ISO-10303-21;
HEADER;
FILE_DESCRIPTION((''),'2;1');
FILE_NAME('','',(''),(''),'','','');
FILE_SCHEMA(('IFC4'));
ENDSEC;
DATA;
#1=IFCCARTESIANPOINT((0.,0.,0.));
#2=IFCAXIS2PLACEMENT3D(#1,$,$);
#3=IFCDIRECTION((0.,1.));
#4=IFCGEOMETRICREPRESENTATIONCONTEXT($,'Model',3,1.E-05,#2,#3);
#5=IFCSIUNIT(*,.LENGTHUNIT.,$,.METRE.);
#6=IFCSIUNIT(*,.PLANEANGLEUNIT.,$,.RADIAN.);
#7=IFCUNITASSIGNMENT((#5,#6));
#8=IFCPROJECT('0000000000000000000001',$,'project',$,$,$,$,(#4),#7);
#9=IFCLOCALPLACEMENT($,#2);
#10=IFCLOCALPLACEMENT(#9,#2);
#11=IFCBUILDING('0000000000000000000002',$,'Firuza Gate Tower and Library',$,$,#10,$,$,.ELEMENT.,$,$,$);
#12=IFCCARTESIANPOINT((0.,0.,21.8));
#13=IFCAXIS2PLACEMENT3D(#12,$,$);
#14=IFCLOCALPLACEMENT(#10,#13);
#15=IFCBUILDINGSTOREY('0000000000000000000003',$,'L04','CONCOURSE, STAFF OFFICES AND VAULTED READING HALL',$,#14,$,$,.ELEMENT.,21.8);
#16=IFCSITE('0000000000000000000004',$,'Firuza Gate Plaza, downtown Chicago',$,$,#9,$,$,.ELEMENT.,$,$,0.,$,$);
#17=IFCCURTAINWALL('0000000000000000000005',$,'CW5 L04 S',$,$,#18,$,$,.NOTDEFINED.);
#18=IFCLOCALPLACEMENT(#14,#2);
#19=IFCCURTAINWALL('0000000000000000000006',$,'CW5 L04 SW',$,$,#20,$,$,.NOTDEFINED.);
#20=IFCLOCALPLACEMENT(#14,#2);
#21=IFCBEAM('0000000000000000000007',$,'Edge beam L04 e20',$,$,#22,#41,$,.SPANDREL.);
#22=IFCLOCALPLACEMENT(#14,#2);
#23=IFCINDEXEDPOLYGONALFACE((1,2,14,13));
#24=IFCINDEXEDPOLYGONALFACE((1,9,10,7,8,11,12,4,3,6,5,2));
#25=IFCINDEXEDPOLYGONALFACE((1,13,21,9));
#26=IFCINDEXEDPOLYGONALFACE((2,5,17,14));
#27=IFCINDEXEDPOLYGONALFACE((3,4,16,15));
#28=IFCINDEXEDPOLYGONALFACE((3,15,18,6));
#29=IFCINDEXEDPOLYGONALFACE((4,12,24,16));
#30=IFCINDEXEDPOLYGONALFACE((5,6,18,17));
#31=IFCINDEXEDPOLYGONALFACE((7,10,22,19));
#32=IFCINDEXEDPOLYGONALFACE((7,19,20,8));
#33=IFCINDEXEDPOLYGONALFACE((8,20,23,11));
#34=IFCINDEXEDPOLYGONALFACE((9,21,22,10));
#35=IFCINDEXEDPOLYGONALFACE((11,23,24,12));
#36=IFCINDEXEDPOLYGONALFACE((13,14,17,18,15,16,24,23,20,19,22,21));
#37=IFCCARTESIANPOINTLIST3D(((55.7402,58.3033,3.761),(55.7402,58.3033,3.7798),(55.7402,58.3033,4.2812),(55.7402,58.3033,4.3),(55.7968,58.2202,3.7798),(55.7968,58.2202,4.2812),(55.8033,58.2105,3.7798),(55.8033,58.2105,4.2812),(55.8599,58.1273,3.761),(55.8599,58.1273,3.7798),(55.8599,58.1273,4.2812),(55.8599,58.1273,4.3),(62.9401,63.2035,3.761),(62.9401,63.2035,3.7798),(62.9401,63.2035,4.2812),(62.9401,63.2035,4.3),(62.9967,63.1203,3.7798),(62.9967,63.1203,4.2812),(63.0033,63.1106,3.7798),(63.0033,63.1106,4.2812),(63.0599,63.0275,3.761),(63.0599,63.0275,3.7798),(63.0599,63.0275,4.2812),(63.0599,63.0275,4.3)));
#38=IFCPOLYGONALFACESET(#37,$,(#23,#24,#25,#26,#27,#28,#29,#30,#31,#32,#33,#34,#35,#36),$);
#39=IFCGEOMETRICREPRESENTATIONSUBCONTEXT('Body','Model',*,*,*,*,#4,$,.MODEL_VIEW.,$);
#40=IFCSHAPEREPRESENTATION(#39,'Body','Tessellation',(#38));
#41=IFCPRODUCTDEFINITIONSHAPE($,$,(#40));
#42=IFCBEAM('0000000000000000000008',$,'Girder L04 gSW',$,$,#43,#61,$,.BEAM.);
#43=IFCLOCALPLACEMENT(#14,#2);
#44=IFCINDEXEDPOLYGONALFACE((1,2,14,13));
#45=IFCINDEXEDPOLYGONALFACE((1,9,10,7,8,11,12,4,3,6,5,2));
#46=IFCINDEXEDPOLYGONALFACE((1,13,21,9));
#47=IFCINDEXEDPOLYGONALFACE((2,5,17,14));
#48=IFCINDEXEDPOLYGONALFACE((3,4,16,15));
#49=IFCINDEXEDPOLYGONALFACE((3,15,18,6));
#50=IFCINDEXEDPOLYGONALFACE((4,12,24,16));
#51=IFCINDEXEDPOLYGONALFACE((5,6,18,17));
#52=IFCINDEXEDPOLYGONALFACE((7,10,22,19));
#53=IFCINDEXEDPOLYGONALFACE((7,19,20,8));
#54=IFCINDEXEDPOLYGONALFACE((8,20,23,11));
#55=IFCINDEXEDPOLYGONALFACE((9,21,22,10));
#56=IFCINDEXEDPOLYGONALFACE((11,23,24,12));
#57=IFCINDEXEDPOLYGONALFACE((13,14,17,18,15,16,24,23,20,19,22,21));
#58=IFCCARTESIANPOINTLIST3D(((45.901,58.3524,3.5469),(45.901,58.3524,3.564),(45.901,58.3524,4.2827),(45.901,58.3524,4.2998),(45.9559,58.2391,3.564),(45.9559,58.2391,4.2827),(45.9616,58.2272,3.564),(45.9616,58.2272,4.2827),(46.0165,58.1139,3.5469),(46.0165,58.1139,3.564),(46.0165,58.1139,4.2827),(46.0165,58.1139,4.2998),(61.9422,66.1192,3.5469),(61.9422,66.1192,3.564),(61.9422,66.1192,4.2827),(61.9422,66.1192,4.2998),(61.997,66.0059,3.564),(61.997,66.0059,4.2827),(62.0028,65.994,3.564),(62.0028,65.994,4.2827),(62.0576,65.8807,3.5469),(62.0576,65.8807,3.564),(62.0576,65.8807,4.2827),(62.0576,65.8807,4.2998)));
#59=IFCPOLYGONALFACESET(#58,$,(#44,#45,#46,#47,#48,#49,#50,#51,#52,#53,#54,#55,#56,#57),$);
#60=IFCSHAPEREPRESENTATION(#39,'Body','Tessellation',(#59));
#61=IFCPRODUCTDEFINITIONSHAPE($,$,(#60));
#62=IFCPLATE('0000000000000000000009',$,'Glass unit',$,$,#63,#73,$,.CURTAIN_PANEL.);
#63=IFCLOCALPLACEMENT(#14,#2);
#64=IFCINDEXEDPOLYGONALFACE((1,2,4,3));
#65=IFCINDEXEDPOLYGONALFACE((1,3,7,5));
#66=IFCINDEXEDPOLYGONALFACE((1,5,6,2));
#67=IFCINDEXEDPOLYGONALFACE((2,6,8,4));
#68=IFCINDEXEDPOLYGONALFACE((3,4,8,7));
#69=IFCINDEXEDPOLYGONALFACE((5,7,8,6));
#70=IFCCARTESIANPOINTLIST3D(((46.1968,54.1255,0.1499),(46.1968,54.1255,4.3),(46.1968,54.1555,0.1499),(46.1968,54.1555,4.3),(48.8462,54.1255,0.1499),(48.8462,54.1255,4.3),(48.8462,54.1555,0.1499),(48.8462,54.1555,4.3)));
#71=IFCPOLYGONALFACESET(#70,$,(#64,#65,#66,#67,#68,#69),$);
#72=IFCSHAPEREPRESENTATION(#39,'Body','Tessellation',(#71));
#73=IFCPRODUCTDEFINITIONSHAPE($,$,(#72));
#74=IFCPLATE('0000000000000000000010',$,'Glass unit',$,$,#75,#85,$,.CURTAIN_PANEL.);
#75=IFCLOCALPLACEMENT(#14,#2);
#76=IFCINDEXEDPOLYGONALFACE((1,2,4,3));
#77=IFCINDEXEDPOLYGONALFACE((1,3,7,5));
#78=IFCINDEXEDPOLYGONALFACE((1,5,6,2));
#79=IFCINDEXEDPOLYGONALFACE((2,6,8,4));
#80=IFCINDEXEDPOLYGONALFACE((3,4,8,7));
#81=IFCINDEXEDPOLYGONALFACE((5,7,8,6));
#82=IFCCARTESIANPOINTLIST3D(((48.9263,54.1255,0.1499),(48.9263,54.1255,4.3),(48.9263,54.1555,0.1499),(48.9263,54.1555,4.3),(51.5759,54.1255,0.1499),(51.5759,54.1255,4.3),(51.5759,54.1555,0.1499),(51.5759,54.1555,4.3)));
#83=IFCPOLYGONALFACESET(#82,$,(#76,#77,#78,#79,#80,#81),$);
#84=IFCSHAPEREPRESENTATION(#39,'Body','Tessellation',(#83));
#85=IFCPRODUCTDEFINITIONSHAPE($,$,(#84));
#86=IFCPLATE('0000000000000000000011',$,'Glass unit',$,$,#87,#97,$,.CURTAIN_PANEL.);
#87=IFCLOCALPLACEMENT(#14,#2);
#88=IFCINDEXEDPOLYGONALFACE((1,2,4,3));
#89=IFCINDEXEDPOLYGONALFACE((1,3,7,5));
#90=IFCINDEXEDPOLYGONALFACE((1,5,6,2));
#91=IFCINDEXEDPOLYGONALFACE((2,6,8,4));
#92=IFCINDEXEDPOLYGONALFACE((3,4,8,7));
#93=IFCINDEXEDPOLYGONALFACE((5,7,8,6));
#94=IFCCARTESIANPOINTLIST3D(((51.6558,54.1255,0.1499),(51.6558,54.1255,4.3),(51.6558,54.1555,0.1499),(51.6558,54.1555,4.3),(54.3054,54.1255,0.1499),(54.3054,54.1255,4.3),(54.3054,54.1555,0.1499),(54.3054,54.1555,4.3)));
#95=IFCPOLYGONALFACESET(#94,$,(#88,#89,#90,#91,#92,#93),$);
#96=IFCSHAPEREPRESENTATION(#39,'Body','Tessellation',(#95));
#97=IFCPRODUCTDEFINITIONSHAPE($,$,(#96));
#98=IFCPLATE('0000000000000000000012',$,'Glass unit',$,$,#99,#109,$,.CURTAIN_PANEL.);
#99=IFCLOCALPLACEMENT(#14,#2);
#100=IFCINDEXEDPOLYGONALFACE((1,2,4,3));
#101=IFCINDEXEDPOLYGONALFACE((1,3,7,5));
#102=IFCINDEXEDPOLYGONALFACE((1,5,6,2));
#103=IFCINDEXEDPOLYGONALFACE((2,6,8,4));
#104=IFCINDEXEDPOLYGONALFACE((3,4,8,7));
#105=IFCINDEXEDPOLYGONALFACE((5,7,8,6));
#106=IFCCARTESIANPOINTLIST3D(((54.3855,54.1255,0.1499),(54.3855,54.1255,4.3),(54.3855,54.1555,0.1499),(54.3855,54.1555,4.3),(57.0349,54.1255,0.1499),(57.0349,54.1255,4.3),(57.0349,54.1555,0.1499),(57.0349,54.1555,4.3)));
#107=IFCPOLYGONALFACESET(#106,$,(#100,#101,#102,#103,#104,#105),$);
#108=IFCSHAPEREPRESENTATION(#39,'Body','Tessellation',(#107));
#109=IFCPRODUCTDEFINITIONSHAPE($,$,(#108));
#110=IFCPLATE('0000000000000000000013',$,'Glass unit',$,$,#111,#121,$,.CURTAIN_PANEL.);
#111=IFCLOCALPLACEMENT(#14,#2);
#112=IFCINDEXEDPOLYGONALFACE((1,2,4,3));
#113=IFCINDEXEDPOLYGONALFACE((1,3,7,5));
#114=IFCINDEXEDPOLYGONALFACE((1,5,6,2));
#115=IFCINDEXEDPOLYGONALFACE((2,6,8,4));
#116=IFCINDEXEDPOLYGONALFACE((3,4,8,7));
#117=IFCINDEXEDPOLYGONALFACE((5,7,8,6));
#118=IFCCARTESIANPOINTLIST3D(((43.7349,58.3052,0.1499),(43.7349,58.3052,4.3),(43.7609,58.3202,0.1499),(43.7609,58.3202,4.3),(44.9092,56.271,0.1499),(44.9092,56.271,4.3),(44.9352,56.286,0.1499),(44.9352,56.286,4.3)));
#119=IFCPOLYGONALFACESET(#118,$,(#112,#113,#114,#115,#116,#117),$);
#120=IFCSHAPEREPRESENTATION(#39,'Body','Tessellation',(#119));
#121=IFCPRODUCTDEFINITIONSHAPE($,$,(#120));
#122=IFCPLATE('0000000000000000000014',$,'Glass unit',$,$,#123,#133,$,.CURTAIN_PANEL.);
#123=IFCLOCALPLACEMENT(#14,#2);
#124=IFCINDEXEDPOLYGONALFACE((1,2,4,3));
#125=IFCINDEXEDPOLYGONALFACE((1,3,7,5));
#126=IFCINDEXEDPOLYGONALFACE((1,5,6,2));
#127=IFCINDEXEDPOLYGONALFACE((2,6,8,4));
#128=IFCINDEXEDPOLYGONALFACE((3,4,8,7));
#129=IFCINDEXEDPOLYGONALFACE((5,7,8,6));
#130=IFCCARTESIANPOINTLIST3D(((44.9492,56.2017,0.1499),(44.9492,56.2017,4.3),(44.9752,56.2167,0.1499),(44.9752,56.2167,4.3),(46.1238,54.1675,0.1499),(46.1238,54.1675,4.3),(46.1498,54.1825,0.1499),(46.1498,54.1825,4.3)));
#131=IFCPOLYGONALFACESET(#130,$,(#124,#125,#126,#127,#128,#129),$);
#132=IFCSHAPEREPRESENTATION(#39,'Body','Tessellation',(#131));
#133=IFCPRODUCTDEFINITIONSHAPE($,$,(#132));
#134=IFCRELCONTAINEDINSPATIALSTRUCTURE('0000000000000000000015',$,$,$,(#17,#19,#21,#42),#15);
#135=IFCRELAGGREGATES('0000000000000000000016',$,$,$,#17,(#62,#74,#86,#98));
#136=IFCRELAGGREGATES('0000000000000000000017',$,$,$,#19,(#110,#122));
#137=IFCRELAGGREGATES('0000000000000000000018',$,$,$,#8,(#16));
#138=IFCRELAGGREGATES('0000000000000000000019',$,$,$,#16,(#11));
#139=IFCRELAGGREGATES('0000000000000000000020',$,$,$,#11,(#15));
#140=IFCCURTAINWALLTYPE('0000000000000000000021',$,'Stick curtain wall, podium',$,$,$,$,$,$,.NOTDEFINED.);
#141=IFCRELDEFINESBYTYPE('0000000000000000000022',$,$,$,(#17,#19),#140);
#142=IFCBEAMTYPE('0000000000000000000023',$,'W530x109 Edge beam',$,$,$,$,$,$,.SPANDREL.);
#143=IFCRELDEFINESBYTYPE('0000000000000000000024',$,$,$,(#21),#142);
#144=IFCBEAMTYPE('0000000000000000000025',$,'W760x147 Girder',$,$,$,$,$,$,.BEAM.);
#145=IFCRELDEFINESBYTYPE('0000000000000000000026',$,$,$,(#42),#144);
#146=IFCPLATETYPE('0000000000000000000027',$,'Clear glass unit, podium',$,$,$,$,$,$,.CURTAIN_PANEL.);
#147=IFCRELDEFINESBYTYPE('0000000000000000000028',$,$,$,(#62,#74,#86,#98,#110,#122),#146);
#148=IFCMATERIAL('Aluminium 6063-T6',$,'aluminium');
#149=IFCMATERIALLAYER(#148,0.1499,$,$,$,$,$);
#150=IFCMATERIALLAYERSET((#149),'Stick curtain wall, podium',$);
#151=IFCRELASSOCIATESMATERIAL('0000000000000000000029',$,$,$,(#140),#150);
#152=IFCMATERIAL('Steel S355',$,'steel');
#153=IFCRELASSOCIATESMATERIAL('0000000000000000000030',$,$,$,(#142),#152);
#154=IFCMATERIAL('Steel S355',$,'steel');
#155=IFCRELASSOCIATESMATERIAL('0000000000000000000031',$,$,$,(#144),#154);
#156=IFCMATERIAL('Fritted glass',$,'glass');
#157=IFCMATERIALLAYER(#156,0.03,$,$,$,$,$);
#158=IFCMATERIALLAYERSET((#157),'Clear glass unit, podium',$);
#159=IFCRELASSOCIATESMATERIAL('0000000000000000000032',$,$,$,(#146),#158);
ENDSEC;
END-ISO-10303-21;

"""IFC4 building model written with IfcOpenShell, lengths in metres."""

from ifc_helpers import new_model, si_unit, direction, frame, origin, origin_2d, place, context, subcontext, project, spatial, polyline, i_section, outline, extrude, material, layer, layer_set, material_profile, profile_set, type_object, element, aggregate, save


model = new_model("IFC4")

# Units and contexts
model_context = context("Model", 3, precision=1e-05, world=origin(), true_north=direction((0.0, 1.0)))
body_context = subcontext(model_context, "Body", "Model", "MODEL_VIEW")
ifc_project = project(units=[si_unit("LENGTHUNIT", "METRE"), si_unit("PLANEANGLEUNIT", "RADIAN")], contexts=[model_context])

# Site, building, storey
site_placement = place(None, origin())
site = spatial("IfcSite", under=ifc_project, at=site_placement, Name="Firuza Gate Plaza, downtown Chicago", CompositionType="ELEMENT", RefElevation=0.0)
building_placement = place(site_placement, origin())
building = spatial("IfcBuilding", under=site, at=building_placement, Name="Firuza Gate Tower and Library", CompositionType="ELEMENT")
storey_placement = place(building_placement, frame((0.0, 0.0, 21.8)))
storey = spatial("IfcBuildingStorey", under=building, at=storey_placement, Name="L04", Description="CONCOURSE, STAFF OFFICES AND VAULTED READING HALL", CompositionType="ELEMENT", Elevation=21.8)

# Curtain walls
ifc_material_1 = material(Name="Aluminium 6063-T6", Category="aluminium")
ifc_layer_1 = layer(ifc_material_1, 0.1499)
ifc_layer_set_1 = layer_set([ifc_layer_1], Name="Stick curtain wall, podium")
curtain_wall_type = type_object("IfcCurtainWallType", Name="Stick curtain wall, podium", PredefinedType="NOTDEFINED", material=ifc_layer_set_1)
placement_1 = place(storey_placement, origin())
curtain_wall_1 = element("IfcCurtainWall", 1, at=placement_1, inside=storey, type_object=curtain_wall_type, Name="CW5 L04 S", PredefinedType="NOTDEFINED")
curtain_wall_2 = element("IfcCurtainWall", 2, at=placement_1, inside=storey, type_object=curtain_wall_type, Name="CW5 L04 SW", PredefinedType="NOTDEFINED")

# Beams
ifc_material_2 = material(Name="Steel S355", Category="steel")
ifc_material_profile_1 = material_profile(ifc_material_2, i_section(OverallWidth=0.2129, OverallDepth=0.5391, WebThickness=0.0117, FlangeThickness=0.0188, at=origin_2d()))
ifc_profile_set_1 = profile_set([ifc_material_profile_1], Name="Steel S355")
beam_type_1 = type_object("IfcBeamType", Name="W530x109 Edge beam", PredefinedType="SPANDREL", material=ifc_profile_set_1)
beam_1_placement = place(storey_placement, frame((55.8, 58.2153, 4.0305), z_axis=(0.826703, 0.562638, 0.0), x_axis=(-0.562638, 0.826703, 0.0)))
element("IfcBeam", 3, at=beam_1_placement, inside=storey, type_object=beam_type_1, Name="Edge beam L04 e20", PredefinedType="SPANDREL", context=body_context, shape_type="SweptSolid", body=[
    extrude(i_section(OverallWidth=0.2129, OverallDepth=0.5391, WebThickness=0.0117, FlangeThickness=0.0188, at=origin_2d()), origin(), (0.0, 0.0, 1.0), 8.7092),
])
ifc_material_3 = material(Name="Steel S355", Category="steel")
ifc_material_profile_2 = material_profile(ifc_material_3, i_section(OverallWidth=0.2649, OverallDepth=0.7529, WebThickness=0.0132, FlangeThickness=0.0171, at=origin_2d()))
ifc_profile_set_2 = profile_set([ifc_material_profile_2], Name="Steel S355")
beam_type_2 = type_object("IfcBeamType", Name="W760x147 Girder", PredefinedType="BEAM", material=ifc_profile_set_2)
beam_2_placement = place(storey_placement, frame((45.9587, 58.2332, 3.9233), z_axis=(0.90005, 0.435786, 0.0), x_axis=(-0.435786, 0.90005, 0.0)))
element("IfcBeam", 4, at=beam_2_placement, inside=storey, type_object=beam_type_2, Name="Girder L04 gSW", PredefinedType="BEAM", context=body_context, shape_type="SweptSolid", body=[
    extrude(i_section(OverallWidth=0.2649, OverallDepth=0.7529, WebThickness=0.0132, FlangeThickness=0.0171, at=origin_2d()), origin(), (0.0, 0.0, 1.0), 17.8225),
])

# Plates
ifc_material_4 = material(Name="Fritted glass", Category="glass")
ifc_layer_2 = layer(ifc_material_4, 0.03)
ifc_layer_set_2 = layer_set([ifc_layer_2], Name="Clear glass unit, podium")
plate_type = type_object("IfcPlateType", Name="Clear glass unit, podium", PredefinedType="CURTAIN_PANEL", material=ifc_layer_set_2)
plate_1_placement = place(storey_placement, frame((46.1968, 54.1255, 0.1499), z_axis=(0.0, -1.0, 0.0), x_axis=(1.0, 0.0, 0.0)))
plate_1 = element("IfcPlate", 5, at=plate_1_placement, type_object=plate_type, Name="Glass unit", PredefinedType="CURTAIN_PANEL", context=body_context, shape_type="SweptSolid", body=[
    extrude(outline(polyline([(0.0, 0.0), (2.6494, 0.0), (2.6494, 4.1501), (0.0, 4.1501), (0.0, 0.0)])), origin(), (0.0, 0.0, -1.0), 0.03),
])
plate_2_placement = place(storey_placement, frame((48.9263, 54.1255, 0.1499), z_axis=(0.0, -1.0, 0.0), x_axis=(1.0, 0.0, 0.0)))
plate_2 = element("IfcPlate", 6, at=plate_2_placement, type_object=plate_type, Name="Glass unit", PredefinedType="CURTAIN_PANEL", context=body_context, shape_type="SweptSolid", body=[
    extrude(outline(polyline([(0.0, 0.0), (2.6497, 0.0), (2.6497, 4.1501), (0.0, 4.1501), (0.0, 0.0)])), origin(), (0.0, 0.0, -1.0), 0.03),
])
plate_3_placement = place(storey_placement, frame((51.6558, 54.1255, 0.1499), z_axis=(0.0, -1.0, 0.0), x_axis=(1.0, 0.0, 0.0)))
plate_3 = element("IfcPlate", 7, at=plate_3_placement, type_object=plate_type, Name="Glass unit", PredefinedType="CURTAIN_PANEL", context=body_context, shape_type="SweptSolid", body=[
    extrude(outline(polyline([(0.0, 0.0), (2.6497, 0.0), (2.6497, 4.1501), (0.0, 4.1501), (0.0, 0.0)])), origin(), (0.0, 0.0, -1.0), 0.03),
])
plate_4_placement = place(storey_placement, frame((54.3855, 54.1255, 0.1499), z_axis=(0.0, -1.0, 0.0), x_axis=(1.0, 0.0, 0.0)))
plate_4 = element("IfcPlate", 8, at=plate_4_placement, type_object=plate_type, Name="Glass unit", PredefinedType="CURTAIN_PANEL", context=body_context, shape_type="SweptSolid", body=[
    extrude(outline(polyline([(0.0, 0.0), (2.6494, 0.0), (2.6494, 4.1501), (0.0, 4.1501), (0.0, 0.0)])), origin(), (0.0, 0.0, -1.0), 0.03),
])
aggregate(curtain_wall_1, [plate_1, plate_2, plate_3, plate_4])
plate_5_placement = place(storey_placement, frame((43.7349, 58.3052, 0.1499), z_axis=(-0.866047, -0.499962, 0.0), x_axis=(0.499962, -0.866047, 0.0)))
plate_5 = element("IfcPlate", 9, at=plate_5_placement, type_object=plate_type, Name="Glass unit", PredefinedType="CURTAIN_PANEL", context=body_context, shape_type="SweptSolid", body=[
    extrude(outline(polyline([(0.0, 0.0), (2.3488, 0.0), (2.3488, 4.1501), (0.0, 4.1501), (0.0, 0.0)])), origin(), (0.0, 0.0, -1.0), 0.03),
])
plate_6_placement = place(storey_placement, frame((44.9492, 56.2017, 0.1499), z_axis=(-0.866002, -0.50004, 0.0), x_axis=(0.50004, -0.866002, 0.0)))
plate_6 = element("IfcPlate", 10, at=plate_6_placement, type_object=plate_type, Name="Glass unit", PredefinedType="CURTAIN_PANEL", context=body_context, shape_type="SweptSolid", body=[
    extrude(outline(polyline([(0.0, 0.0), (2.3489, 0.0), (2.3489, 4.1501), (0.0, 4.1501), (0.0, 0.0)])), origin(), (0.0, 0.0, -1.0), 0.03),
])
aggregate(curtain_wall_2, [plate_5, plate_6])

save(model, "model.ifc")
